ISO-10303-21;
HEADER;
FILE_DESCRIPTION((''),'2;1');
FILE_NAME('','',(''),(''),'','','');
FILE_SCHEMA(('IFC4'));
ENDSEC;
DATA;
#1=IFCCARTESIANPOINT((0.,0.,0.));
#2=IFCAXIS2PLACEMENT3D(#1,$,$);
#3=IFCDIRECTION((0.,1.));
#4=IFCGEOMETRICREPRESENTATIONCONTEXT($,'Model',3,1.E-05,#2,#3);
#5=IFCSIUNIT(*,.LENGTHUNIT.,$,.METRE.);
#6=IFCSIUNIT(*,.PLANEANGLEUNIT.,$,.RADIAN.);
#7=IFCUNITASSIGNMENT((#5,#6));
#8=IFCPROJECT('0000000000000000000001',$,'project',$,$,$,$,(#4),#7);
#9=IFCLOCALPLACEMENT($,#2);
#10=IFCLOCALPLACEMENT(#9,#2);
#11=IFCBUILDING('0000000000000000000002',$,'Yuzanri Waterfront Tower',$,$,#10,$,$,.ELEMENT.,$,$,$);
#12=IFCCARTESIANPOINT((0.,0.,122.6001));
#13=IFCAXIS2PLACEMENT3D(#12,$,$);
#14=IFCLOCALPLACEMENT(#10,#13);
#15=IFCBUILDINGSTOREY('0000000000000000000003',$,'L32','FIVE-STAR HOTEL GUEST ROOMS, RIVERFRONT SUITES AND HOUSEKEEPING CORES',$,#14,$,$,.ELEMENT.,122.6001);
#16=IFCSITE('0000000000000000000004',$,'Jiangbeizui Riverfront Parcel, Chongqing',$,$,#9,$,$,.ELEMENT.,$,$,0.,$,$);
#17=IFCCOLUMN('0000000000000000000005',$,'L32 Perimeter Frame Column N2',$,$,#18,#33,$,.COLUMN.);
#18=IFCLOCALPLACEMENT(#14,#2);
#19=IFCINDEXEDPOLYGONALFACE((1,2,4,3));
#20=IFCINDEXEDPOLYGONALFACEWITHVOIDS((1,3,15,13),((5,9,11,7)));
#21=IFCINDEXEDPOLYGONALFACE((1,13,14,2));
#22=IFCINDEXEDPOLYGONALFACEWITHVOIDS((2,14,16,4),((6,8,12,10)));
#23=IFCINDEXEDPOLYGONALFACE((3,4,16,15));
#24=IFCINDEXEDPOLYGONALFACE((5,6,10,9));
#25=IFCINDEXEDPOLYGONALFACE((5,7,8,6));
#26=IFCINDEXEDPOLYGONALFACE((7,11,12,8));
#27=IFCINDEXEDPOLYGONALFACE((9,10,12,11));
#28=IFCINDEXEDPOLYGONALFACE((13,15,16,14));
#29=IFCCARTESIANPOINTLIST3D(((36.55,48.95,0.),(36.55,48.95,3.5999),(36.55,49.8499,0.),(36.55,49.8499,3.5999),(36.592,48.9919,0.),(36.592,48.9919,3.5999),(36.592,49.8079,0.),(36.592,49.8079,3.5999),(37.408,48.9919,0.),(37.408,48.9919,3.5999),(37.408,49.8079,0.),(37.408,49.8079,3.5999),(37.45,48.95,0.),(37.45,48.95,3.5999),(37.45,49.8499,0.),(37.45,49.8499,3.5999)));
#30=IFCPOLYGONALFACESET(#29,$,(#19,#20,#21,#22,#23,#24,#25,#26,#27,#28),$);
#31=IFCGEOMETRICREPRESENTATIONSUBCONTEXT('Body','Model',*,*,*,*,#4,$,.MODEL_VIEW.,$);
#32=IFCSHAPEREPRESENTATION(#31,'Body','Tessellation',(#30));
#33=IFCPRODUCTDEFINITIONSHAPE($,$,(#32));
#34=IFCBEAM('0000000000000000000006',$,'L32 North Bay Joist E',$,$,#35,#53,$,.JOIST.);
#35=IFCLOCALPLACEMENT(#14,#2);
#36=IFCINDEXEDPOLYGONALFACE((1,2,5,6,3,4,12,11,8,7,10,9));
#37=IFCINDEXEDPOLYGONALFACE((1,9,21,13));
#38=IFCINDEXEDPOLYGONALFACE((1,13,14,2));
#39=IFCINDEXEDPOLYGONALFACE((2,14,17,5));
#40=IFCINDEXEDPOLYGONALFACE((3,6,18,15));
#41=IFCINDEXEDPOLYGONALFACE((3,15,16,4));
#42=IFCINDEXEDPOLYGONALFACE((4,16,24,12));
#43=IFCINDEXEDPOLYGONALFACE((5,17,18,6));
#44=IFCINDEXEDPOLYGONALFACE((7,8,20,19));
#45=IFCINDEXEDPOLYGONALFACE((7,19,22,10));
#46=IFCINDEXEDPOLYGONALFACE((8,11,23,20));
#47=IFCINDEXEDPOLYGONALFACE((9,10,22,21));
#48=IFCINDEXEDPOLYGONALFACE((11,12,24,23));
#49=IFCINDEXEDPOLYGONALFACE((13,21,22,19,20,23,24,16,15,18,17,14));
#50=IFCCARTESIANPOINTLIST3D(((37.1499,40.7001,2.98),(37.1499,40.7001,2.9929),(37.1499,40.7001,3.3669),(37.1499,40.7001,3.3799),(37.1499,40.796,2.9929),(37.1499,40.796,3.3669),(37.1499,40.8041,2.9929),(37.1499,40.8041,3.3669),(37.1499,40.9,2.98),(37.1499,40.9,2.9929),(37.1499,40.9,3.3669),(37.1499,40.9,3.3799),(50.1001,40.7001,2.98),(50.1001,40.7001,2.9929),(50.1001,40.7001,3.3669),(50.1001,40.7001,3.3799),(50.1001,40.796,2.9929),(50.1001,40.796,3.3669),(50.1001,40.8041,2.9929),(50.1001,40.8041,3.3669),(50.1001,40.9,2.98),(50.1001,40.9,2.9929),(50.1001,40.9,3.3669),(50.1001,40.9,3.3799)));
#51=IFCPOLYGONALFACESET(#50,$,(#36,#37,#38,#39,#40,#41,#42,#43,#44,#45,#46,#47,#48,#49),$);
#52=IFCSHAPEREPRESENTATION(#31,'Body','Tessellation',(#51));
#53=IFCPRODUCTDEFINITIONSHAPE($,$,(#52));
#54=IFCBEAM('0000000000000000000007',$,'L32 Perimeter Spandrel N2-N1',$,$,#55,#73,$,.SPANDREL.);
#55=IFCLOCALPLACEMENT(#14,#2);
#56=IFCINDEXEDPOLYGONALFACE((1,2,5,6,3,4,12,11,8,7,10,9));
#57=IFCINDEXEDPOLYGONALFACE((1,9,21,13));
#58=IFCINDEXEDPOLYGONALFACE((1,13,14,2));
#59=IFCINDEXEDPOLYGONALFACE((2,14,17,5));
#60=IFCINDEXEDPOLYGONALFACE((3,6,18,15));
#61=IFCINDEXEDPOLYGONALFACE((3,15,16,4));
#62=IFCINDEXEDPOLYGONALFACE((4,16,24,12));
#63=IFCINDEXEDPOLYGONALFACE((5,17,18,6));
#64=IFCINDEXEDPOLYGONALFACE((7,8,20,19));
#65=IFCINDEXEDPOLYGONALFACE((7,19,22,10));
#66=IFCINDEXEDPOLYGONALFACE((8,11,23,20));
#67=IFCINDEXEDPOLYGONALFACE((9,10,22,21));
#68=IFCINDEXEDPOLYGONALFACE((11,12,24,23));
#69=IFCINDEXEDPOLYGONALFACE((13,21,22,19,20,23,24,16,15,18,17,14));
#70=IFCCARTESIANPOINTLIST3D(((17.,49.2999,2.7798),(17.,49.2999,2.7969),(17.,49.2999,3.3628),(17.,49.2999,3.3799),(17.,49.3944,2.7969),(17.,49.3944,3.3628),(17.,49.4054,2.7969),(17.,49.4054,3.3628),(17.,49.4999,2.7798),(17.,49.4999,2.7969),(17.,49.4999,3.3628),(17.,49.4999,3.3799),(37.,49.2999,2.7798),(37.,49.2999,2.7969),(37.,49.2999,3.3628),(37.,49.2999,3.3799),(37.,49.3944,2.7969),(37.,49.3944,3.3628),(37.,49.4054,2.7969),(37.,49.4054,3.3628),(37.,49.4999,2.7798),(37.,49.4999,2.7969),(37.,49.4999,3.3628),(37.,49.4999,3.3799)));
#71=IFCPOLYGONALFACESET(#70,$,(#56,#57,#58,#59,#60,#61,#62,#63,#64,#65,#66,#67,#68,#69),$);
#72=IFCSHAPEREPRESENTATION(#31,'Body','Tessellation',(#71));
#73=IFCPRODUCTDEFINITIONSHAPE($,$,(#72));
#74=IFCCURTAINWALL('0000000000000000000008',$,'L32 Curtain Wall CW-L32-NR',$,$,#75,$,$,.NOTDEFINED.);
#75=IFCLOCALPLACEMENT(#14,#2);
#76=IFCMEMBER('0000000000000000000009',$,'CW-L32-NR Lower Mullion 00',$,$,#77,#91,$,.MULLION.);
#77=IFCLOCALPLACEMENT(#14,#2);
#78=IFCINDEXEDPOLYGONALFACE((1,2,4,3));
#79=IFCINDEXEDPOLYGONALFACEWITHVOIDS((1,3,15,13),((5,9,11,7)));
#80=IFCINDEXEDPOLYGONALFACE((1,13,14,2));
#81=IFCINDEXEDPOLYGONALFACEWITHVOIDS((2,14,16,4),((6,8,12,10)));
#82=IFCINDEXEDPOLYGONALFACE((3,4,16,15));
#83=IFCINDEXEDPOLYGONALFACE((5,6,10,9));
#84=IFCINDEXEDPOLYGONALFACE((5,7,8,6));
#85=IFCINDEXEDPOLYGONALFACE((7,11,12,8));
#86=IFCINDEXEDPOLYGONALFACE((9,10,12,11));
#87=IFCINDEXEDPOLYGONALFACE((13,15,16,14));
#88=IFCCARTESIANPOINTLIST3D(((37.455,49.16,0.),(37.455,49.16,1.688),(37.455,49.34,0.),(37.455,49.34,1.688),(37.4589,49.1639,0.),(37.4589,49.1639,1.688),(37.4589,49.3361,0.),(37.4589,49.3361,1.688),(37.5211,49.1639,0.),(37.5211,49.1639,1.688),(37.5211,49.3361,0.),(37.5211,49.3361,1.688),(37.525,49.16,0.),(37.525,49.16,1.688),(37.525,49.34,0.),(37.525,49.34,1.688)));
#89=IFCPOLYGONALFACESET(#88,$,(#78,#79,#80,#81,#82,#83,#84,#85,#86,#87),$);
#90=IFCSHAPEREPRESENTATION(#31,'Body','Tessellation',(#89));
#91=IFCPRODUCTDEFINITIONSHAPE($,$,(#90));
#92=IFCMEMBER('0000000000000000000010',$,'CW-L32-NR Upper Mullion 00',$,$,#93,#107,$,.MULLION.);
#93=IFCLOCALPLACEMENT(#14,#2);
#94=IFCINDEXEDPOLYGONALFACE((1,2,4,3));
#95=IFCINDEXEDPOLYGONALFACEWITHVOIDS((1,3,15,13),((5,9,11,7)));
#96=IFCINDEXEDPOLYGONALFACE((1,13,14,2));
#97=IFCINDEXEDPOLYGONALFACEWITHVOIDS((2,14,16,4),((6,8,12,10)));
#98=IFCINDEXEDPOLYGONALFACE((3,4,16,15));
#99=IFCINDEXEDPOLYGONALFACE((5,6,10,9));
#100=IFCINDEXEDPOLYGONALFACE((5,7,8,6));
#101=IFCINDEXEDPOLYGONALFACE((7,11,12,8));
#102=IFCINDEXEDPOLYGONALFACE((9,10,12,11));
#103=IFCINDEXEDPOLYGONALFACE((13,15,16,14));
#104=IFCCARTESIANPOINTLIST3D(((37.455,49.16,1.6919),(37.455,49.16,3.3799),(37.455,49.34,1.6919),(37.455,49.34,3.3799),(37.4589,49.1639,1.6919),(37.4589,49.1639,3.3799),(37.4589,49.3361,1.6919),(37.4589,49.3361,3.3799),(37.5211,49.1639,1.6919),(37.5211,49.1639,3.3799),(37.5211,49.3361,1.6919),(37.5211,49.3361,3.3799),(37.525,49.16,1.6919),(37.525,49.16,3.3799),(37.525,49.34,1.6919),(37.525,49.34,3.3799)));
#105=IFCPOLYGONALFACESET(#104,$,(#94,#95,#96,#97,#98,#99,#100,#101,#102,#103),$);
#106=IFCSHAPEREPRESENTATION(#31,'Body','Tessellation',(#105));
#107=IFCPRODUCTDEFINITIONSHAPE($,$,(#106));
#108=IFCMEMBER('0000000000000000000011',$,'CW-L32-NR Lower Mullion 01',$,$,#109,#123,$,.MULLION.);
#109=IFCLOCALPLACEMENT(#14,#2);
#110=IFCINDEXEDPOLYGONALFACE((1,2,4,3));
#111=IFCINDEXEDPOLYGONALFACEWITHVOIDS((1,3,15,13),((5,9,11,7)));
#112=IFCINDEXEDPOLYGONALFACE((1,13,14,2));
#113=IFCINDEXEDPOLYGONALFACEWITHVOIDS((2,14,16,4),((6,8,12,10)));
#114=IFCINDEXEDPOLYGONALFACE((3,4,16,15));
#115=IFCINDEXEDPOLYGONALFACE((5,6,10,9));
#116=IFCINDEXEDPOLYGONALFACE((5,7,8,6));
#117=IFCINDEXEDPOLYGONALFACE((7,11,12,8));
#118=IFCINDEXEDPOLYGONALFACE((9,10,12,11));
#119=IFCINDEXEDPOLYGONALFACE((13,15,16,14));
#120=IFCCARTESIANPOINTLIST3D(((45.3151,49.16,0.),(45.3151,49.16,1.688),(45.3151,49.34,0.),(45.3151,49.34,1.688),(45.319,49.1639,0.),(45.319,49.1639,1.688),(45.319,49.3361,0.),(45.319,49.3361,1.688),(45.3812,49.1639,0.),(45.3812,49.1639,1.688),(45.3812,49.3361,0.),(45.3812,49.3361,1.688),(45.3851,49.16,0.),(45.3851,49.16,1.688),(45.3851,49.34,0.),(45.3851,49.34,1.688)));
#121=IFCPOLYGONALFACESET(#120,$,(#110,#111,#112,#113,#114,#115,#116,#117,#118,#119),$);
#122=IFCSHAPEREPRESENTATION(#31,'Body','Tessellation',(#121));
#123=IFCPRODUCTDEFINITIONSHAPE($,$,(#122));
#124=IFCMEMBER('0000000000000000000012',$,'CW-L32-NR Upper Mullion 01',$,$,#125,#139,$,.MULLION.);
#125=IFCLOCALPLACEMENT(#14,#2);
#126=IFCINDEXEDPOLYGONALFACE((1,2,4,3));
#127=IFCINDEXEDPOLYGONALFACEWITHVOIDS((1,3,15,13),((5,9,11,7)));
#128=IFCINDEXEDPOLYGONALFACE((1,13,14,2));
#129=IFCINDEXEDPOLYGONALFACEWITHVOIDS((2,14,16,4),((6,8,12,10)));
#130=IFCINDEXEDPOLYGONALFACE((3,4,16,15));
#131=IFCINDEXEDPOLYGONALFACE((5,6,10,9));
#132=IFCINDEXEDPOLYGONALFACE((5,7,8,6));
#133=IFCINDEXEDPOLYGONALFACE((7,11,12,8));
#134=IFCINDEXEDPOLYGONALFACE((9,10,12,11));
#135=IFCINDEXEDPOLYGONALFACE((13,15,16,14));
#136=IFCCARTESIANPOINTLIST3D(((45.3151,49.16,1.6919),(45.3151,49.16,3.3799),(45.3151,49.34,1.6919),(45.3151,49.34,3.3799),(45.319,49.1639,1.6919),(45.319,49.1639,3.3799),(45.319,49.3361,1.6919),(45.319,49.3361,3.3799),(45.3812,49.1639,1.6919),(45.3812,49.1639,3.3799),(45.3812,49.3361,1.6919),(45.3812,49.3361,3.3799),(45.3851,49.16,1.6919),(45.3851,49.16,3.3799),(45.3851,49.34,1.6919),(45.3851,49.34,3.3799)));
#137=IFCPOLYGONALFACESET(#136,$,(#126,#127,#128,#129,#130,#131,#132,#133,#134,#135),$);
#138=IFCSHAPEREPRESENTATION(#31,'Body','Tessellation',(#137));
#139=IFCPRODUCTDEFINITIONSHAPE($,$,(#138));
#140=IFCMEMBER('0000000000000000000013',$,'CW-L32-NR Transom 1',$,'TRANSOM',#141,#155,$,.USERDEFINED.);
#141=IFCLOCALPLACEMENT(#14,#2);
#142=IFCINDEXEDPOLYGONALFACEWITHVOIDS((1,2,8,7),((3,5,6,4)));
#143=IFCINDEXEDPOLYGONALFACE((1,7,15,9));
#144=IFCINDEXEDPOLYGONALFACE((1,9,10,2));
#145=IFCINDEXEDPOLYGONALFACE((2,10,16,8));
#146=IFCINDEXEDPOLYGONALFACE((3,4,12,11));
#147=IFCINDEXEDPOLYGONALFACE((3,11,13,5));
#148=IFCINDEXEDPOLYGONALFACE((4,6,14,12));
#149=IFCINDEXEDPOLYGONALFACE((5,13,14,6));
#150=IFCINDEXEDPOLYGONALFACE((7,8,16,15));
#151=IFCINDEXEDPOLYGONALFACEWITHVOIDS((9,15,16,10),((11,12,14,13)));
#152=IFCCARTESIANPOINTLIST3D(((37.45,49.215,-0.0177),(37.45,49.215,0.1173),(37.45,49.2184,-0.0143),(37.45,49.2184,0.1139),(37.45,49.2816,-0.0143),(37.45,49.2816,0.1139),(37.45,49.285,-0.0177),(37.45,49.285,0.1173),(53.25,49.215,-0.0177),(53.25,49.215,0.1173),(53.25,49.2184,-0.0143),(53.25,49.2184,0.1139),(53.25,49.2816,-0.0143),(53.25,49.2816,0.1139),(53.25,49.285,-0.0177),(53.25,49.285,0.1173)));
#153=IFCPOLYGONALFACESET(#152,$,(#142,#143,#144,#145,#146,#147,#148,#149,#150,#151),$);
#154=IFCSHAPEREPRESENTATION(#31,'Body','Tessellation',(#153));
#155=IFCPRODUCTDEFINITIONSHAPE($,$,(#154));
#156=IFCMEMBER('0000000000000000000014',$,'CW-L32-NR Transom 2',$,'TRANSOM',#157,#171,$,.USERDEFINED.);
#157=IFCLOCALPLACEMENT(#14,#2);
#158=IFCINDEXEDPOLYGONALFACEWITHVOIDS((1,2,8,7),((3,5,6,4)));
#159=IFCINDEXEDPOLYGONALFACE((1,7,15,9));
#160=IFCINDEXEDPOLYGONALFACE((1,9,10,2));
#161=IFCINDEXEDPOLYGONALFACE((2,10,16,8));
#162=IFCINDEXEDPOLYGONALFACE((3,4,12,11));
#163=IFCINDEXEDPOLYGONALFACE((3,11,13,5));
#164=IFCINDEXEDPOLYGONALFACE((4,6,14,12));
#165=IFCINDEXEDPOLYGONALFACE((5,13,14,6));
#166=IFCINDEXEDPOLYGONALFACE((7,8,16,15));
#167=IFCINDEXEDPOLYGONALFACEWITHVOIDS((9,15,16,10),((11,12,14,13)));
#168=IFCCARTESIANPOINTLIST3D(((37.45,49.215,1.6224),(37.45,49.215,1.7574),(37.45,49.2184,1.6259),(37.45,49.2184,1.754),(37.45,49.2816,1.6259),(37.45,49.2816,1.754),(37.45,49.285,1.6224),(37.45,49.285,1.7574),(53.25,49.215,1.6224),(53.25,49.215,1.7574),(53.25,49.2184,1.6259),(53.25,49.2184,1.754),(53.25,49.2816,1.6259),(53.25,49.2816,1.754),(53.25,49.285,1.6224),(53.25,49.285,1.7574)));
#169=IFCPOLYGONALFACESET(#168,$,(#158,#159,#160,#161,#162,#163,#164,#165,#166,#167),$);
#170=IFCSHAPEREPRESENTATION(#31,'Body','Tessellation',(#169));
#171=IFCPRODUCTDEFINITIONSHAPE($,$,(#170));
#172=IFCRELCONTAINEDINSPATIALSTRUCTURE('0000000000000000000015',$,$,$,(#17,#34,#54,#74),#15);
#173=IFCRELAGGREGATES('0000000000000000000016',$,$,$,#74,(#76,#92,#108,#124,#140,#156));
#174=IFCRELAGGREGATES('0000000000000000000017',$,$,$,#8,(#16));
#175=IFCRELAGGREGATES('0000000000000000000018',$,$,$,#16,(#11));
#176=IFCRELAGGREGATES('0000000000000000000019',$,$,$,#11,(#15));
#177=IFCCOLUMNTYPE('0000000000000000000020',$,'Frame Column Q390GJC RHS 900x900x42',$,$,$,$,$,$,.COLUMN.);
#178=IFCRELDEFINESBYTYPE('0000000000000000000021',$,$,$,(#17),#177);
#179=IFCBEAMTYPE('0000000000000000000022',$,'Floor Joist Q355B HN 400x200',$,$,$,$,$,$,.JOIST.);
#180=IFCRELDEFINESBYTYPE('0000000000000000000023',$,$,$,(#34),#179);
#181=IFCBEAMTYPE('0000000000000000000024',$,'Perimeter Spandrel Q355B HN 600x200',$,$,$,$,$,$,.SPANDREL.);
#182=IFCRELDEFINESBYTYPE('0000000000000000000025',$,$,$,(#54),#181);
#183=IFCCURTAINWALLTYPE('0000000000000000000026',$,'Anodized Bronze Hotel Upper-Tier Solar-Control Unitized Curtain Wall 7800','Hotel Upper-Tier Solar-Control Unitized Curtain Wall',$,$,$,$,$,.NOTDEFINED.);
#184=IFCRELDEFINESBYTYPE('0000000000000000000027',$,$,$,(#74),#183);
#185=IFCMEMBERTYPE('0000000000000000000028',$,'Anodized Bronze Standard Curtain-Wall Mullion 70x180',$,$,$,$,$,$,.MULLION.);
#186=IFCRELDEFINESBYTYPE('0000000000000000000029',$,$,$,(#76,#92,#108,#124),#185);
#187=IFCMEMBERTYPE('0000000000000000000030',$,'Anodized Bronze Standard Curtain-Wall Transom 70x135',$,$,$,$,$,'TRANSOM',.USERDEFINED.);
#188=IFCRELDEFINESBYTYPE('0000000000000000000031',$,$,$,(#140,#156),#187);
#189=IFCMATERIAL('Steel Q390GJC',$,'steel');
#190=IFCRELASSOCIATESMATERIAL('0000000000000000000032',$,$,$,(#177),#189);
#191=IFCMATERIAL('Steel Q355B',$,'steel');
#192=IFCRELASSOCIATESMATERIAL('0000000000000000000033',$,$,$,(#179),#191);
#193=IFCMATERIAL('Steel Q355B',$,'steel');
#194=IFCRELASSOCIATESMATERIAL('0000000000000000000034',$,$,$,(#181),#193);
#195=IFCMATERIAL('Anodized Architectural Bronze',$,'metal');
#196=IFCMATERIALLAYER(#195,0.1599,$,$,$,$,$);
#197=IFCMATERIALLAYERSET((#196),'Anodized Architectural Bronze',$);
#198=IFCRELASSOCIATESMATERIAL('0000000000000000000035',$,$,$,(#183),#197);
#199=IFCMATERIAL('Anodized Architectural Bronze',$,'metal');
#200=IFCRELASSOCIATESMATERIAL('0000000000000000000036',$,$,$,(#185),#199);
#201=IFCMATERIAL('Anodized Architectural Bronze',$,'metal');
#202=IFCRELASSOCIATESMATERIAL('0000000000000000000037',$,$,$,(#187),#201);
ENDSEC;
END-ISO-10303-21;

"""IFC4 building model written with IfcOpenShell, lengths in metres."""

from ifc_helpers import new_model, si_unit, direction, frame, origin, origin_2d, place, context, subcontext, project, spatial, hollow_rectangle, i_section, extrude, source, transform, mapped, material, layer, layer_set, material_profile, profile_set, type_object, element, aggregate, save


model = new_model("IFC4")

# Units and contexts
model_context = context("Model", 3, precision=1e-05, world=origin(), true_north=direction((0.0, 1.0)))
body_context = subcontext(model_context, "Body", "Model", "MODEL_VIEW")
ifc_project = project(units=[si_unit("LENGTHUNIT", "METRE"), si_unit("PLANEANGLEUNIT", "RADIAN")], contexts=[model_context])

# Site, building, storey
site_placement = place(None, origin())
site = spatial("IfcSite", under=ifc_project, at=site_placement, Name="Jiangbeizui Riverfront Parcel, Chongqing", CompositionType="ELEMENT", RefElevation=0.0)
building_placement = place(site_placement, origin())
building = spatial("IfcBuilding", under=site, at=building_placement, Name="Yuzanri Waterfront Tower", CompositionType="ELEMENT")
storey_placement = place(building_placement, frame((0.0, 0.0, 122.6001)))
storey = spatial("IfcBuildingStorey", under=building, at=storey_placement, Name="L32", Description="FIVE-STAR HOTEL GUEST ROOMS, RIVERFRONT SUITES AND HOUSEKEEPING CORES", CompositionType="ELEMENT", Elevation=122.6001)

# Column
ifc_material_1 = material(Name="Steel Q390GJC", Category="steel")
ifc_material_profile_1 = material_profile(ifc_material_1, hollow_rectangle(XDim=0.8999, YDim=0.8999, WallThickness=0.042, at=origin_2d()), Name="RHS 900x900x42")
ifc_profile_set_1 = profile_set([ifc_material_profile_1], Name="Steel Q390GJC")
column_type = type_object("IfcColumnType", Name="Frame Column Q390GJC RHS 900x900x42", PredefinedType="COLUMN", material=ifc_profile_set_1)
shared_shape_1 = source(origin(), body_context, "Body", "SweptSolid", [
    extrude(hollow_rectangle(XDim=0.8999, YDim=0.8999, WallThickness=0.042, at=origin_2d()), origin(), (0.0, 0.0, 1.0), 3.5999),
])
column_placement = place(storey_placement, frame((37.0, 49.3999, 0.0), z_axis=(0.0, 0.0, 1.0), x_axis=(1.0, 0.0, 0.0)))
element("IfcColumn", 1, at=column_placement, inside=storey, type_object=column_type, Name="L32 Perimeter Frame Column N2", PredefinedType="COLUMN", context=body_context, shape_type="MappedRepresentation", body=[
    mapped(shared_shape_1, transform((0.0, 0.0, 0.0), scale=1.0)),
])

# Beams
ifc_material_2 = material(Name="Steel Q355B", Category="steel")
ifc_material_profile_2 = material_profile(ifc_material_2, i_section(OverallWidth=0.2, OverallDepth=0.3999, WebThickness=0.0081, FlangeThickness=0.0129, at=origin_2d()), Name="HN 400x200x8x13")
ifc_profile_set_2 = profile_set([ifc_material_profile_2], Name="Steel Q355B")
beam_type_1 = type_object("IfcBeamType", Name="Floor Joist Q355B HN 400x200", PredefinedType="JOIST", material=ifc_profile_set_2)
shared_shape_2 = source(origin(), body_context, "Body", "SweptSolid", [
    extrude(i_section(OverallWidth=0.2, OverallDepth=0.3999, WebThickness=0.0081, FlangeThickness=0.0129, at=origin_2d()), origin(), (0.0, 0.0, 1.0), 12.9502),
])
beam_1_placement = place(storey_placement, frame((37.1499, 40.8, 3.1799), z_axis=(1.0, 0.0, 0.0), x_axis=(0.0, 1.0, 0.0)))
element("IfcBeam", 2, at=beam_1_placement, inside=storey, type_object=beam_type_1, Name="L32 North Bay Joist E", PredefinedType="JOIST", context=body_context, shape_type="MappedRepresentation", body=[
    mapped(shared_shape_2, transform((0.0, 0.0, 0.0), scale=1.0)),
])
ifc_material_3 = material(Name="Steel Q355B", Category="steel")
ifc_material_profile_3 = material_profile(ifc_material_3, i_section(OverallWidth=0.2, OverallDepth=0.6001, WebThickness=0.011, FlangeThickness=0.0171, at=origin_2d()), Name="HN 600x200x11x17")
ifc_profile_set_3 = profile_set([ifc_material_profile_3], Name="Steel Q355B")
beam_type_2 = type_object("IfcBeamType", Name="Perimeter Spandrel Q355B HN 600x200", PredefinedType="SPANDREL", material=ifc_profile_set_3)
shared_shape_3 = source(origin(), body_context, "Body", "SweptSolid", [
    extrude(i_section(OverallWidth=0.2, OverallDepth=0.6001, WebThickness=0.011, FlangeThickness=0.0171, at=origin_2d()), origin(), (0.0, 0.0, 1.0), 20.0),
])
beam_2_placement = place(storey_placement, frame((37.0, 49.3999, 3.0798), z_axis=(-1.0, 0.0, 0.0), x_axis=(0.0, -1.0, 0.0)))
element("IfcBeam", 3, at=beam_2_placement, inside=storey, type_object=beam_type_2, Name="L32 Perimeter Spandrel N2-N1", PredefinedType="SPANDREL", context=body_context, shape_type="MappedRepresentation", body=[
    mapped(shared_shape_3, transform((0.0, 0.0, 0.0), scale=1.0)),
])

# Curtain wall, members
ifc_material_4 = material(Name="Anodized Architectural Bronze", Category="metal")
ifc_layer_1 = layer(ifc_material_4, 0.1599)
ifc_layer_set_1 = layer_set([ifc_layer_1], Name="Anodized Architectural Bronze")
curtain_wall_type = type_object("IfcCurtainWallType", Name="Anodized Bronze Hotel Upper-Tier Solar-Control Unitized Curtain Wall 7800", Description="Hotel Upper-Tier Solar-Control Unitized Curtain Wall", PredefinedType="NOTDEFINED", material=ifc_layer_set_1)
curtain_wall_placement = place(storey_placement, origin())
curtain_wall = element("IfcCurtainWall", 4, at=curtain_wall_placement, inside=storey, type_object=curtain_wall_type, Name="L32 Curtain Wall CW-L32-NR", PredefinedType="NOTDEFINED")
ifc_material_5 = material(Name="Anodized Architectural Bronze", Category="metal")
ifc_material_profile_4 = material_profile(ifc_material_5, hollow_rectangle(XDim=0.0701, YDim=0.1799, WallThickness=0.0039, at=origin_2d()), Name="CWM 70x180")
ifc_profile_set_4 = profile_set([ifc_material_profile_4], Name="Anodized Architectural Bronze")
member_type_1 = type_object("IfcMemberType", Name="Anodized Bronze Standard Curtain-Wall Mullion 70x180", PredefinedType="MULLION", material=ifc_profile_set_4)
shared_shape_4 = source(origin(), body_context, "Body", "SweptSolid", [
    extrude(hollow_rectangle(XDim=0.0701, YDim=0.1799, WallThickness=0.0039, at=origin_2d()), origin(), (0.0, 0.0, 1.0), 1.688),
])
member_1_placement = place(storey_placement, frame((37.49, 49.25, 0.0), z_axis=(0.0, 0.0, 1.0), x_axis=(1.0, 0.0, 0.0)))
member_1 = element("IfcMember", 5, at=member_1_placement, type_object=member_type_1, Name="CW-L32-NR Lower Mullion 00", PredefinedType="MULLION", context=body_context, shape_type="MappedRepresentation", body=[
    mapped(shared_shape_4, transform((0.0, 0.0, 0.0), scale=1.0)),
])
member_2_placement = place(storey_placement, frame((37.49, 49.25, 1.6919), z_axis=(0.0, 0.0, 1.0), x_axis=(1.0, 0.0, 0.0)))
member_2 = element("IfcMember", 6, at=member_2_placement, type_object=member_type_1, Name="CW-L32-NR Upper Mullion 00", PredefinedType="MULLION", context=body_context, shape_type="MappedRepresentation", body=[
    mapped(shared_shape_4, transform((0.0, 0.0, 0.0), scale=1.0)),
])
member_3_placement = place(storey_placement, frame((45.3501, 49.25, 0.0), z_axis=(0.0, 0.0, 1.0), x_axis=(1.0, 0.0, 0.0)))
member_3 = element("IfcMember", 7, at=member_3_placement, type_object=member_type_1, Name="CW-L32-NR Lower Mullion 01", PredefinedType="MULLION", context=body_context, shape_type="MappedRepresentation", body=[
    mapped(shared_shape_4, transform((0.0, 0.0, 0.0), scale=1.0)),
])
member_4_placement = place(storey_placement, frame((45.3501, 49.25, 1.6919), z_axis=(0.0, 0.0, 1.0), x_axis=(1.0, 0.0, 0.0)))
member_4 = element("IfcMember", 8, at=member_4_placement, type_object=member_type_1, Name="CW-L32-NR Upper Mullion 01", PredefinedType="MULLION", context=body_context, shape_type="MappedRepresentation", body=[
    mapped(shared_shape_4, transform((0.0, 0.0, 0.0), scale=1.0)),
])
ifc_material_6 = material(Name="Anodized Architectural Bronze", Category="metal")
ifc_material_profile_5 = material_profile(ifc_material_6, hollow_rectangle(XDim=0.0701, YDim=0.135, WallThickness=0.0034, at=origin_2d()), Name="CWT 70x135")
ifc_profile_set_5 = profile_set([ifc_material_profile_5], Name="Anodized Architectural Bronze")
member_type_2 = type_object("IfcMemberType", Name="Anodized Bronze Standard Curtain-Wall Transom 70x135", ElementType="TRANSOM", PredefinedType="USERDEFINED", material=ifc_profile_set_5)
shared_shape_5 = source(origin(), body_context, "Body", "SweptSolid", [
    extrude(hollow_rectangle(XDim=0.0701, YDim=0.135, WallThickness=0.0034, at=origin_2d()), origin(), (0.0, 0.0, 1.0), 15.8),
])
member_5_placement = place(storey_placement, frame((37.45, 49.25, 0.0498), z_axis=(1.0, 0.0, 0.0), x_axis=(0.0, 1.0, 0.0)))
member_5 = element("IfcMember", 9, at=member_5_placement, type_object=member_type_2, Name="CW-L32-NR Transom 1", ObjectType="TRANSOM", PredefinedType="USERDEFINED", context=body_context, shape_type="MappedRepresentation", body=[
    mapped(shared_shape_5, transform((0.0, 0.0, 0.0), scale=1.0)),
])
member_6_placement = place(storey_placement, frame((37.45, 49.25, 1.6899), z_axis=(1.0, 0.0, 0.0), x_axis=(0.0, 1.0, 0.0)))
member_6 = element("IfcMember", 10, at=member_6_placement, type_object=member_type_2, Name="CW-L32-NR Transom 2", ObjectType="TRANSOM", PredefinedType="USERDEFINED", context=body_context, shape_type="MappedRepresentation", body=[
    mapped(shared_shape_5, transform((0.0, 0.0, 0.0), scale=1.0)),
])
aggregate(curtain_wall, [member_1, member_2, member_3, member_4, member_5, member_6])

save(model, "model.ifc")
